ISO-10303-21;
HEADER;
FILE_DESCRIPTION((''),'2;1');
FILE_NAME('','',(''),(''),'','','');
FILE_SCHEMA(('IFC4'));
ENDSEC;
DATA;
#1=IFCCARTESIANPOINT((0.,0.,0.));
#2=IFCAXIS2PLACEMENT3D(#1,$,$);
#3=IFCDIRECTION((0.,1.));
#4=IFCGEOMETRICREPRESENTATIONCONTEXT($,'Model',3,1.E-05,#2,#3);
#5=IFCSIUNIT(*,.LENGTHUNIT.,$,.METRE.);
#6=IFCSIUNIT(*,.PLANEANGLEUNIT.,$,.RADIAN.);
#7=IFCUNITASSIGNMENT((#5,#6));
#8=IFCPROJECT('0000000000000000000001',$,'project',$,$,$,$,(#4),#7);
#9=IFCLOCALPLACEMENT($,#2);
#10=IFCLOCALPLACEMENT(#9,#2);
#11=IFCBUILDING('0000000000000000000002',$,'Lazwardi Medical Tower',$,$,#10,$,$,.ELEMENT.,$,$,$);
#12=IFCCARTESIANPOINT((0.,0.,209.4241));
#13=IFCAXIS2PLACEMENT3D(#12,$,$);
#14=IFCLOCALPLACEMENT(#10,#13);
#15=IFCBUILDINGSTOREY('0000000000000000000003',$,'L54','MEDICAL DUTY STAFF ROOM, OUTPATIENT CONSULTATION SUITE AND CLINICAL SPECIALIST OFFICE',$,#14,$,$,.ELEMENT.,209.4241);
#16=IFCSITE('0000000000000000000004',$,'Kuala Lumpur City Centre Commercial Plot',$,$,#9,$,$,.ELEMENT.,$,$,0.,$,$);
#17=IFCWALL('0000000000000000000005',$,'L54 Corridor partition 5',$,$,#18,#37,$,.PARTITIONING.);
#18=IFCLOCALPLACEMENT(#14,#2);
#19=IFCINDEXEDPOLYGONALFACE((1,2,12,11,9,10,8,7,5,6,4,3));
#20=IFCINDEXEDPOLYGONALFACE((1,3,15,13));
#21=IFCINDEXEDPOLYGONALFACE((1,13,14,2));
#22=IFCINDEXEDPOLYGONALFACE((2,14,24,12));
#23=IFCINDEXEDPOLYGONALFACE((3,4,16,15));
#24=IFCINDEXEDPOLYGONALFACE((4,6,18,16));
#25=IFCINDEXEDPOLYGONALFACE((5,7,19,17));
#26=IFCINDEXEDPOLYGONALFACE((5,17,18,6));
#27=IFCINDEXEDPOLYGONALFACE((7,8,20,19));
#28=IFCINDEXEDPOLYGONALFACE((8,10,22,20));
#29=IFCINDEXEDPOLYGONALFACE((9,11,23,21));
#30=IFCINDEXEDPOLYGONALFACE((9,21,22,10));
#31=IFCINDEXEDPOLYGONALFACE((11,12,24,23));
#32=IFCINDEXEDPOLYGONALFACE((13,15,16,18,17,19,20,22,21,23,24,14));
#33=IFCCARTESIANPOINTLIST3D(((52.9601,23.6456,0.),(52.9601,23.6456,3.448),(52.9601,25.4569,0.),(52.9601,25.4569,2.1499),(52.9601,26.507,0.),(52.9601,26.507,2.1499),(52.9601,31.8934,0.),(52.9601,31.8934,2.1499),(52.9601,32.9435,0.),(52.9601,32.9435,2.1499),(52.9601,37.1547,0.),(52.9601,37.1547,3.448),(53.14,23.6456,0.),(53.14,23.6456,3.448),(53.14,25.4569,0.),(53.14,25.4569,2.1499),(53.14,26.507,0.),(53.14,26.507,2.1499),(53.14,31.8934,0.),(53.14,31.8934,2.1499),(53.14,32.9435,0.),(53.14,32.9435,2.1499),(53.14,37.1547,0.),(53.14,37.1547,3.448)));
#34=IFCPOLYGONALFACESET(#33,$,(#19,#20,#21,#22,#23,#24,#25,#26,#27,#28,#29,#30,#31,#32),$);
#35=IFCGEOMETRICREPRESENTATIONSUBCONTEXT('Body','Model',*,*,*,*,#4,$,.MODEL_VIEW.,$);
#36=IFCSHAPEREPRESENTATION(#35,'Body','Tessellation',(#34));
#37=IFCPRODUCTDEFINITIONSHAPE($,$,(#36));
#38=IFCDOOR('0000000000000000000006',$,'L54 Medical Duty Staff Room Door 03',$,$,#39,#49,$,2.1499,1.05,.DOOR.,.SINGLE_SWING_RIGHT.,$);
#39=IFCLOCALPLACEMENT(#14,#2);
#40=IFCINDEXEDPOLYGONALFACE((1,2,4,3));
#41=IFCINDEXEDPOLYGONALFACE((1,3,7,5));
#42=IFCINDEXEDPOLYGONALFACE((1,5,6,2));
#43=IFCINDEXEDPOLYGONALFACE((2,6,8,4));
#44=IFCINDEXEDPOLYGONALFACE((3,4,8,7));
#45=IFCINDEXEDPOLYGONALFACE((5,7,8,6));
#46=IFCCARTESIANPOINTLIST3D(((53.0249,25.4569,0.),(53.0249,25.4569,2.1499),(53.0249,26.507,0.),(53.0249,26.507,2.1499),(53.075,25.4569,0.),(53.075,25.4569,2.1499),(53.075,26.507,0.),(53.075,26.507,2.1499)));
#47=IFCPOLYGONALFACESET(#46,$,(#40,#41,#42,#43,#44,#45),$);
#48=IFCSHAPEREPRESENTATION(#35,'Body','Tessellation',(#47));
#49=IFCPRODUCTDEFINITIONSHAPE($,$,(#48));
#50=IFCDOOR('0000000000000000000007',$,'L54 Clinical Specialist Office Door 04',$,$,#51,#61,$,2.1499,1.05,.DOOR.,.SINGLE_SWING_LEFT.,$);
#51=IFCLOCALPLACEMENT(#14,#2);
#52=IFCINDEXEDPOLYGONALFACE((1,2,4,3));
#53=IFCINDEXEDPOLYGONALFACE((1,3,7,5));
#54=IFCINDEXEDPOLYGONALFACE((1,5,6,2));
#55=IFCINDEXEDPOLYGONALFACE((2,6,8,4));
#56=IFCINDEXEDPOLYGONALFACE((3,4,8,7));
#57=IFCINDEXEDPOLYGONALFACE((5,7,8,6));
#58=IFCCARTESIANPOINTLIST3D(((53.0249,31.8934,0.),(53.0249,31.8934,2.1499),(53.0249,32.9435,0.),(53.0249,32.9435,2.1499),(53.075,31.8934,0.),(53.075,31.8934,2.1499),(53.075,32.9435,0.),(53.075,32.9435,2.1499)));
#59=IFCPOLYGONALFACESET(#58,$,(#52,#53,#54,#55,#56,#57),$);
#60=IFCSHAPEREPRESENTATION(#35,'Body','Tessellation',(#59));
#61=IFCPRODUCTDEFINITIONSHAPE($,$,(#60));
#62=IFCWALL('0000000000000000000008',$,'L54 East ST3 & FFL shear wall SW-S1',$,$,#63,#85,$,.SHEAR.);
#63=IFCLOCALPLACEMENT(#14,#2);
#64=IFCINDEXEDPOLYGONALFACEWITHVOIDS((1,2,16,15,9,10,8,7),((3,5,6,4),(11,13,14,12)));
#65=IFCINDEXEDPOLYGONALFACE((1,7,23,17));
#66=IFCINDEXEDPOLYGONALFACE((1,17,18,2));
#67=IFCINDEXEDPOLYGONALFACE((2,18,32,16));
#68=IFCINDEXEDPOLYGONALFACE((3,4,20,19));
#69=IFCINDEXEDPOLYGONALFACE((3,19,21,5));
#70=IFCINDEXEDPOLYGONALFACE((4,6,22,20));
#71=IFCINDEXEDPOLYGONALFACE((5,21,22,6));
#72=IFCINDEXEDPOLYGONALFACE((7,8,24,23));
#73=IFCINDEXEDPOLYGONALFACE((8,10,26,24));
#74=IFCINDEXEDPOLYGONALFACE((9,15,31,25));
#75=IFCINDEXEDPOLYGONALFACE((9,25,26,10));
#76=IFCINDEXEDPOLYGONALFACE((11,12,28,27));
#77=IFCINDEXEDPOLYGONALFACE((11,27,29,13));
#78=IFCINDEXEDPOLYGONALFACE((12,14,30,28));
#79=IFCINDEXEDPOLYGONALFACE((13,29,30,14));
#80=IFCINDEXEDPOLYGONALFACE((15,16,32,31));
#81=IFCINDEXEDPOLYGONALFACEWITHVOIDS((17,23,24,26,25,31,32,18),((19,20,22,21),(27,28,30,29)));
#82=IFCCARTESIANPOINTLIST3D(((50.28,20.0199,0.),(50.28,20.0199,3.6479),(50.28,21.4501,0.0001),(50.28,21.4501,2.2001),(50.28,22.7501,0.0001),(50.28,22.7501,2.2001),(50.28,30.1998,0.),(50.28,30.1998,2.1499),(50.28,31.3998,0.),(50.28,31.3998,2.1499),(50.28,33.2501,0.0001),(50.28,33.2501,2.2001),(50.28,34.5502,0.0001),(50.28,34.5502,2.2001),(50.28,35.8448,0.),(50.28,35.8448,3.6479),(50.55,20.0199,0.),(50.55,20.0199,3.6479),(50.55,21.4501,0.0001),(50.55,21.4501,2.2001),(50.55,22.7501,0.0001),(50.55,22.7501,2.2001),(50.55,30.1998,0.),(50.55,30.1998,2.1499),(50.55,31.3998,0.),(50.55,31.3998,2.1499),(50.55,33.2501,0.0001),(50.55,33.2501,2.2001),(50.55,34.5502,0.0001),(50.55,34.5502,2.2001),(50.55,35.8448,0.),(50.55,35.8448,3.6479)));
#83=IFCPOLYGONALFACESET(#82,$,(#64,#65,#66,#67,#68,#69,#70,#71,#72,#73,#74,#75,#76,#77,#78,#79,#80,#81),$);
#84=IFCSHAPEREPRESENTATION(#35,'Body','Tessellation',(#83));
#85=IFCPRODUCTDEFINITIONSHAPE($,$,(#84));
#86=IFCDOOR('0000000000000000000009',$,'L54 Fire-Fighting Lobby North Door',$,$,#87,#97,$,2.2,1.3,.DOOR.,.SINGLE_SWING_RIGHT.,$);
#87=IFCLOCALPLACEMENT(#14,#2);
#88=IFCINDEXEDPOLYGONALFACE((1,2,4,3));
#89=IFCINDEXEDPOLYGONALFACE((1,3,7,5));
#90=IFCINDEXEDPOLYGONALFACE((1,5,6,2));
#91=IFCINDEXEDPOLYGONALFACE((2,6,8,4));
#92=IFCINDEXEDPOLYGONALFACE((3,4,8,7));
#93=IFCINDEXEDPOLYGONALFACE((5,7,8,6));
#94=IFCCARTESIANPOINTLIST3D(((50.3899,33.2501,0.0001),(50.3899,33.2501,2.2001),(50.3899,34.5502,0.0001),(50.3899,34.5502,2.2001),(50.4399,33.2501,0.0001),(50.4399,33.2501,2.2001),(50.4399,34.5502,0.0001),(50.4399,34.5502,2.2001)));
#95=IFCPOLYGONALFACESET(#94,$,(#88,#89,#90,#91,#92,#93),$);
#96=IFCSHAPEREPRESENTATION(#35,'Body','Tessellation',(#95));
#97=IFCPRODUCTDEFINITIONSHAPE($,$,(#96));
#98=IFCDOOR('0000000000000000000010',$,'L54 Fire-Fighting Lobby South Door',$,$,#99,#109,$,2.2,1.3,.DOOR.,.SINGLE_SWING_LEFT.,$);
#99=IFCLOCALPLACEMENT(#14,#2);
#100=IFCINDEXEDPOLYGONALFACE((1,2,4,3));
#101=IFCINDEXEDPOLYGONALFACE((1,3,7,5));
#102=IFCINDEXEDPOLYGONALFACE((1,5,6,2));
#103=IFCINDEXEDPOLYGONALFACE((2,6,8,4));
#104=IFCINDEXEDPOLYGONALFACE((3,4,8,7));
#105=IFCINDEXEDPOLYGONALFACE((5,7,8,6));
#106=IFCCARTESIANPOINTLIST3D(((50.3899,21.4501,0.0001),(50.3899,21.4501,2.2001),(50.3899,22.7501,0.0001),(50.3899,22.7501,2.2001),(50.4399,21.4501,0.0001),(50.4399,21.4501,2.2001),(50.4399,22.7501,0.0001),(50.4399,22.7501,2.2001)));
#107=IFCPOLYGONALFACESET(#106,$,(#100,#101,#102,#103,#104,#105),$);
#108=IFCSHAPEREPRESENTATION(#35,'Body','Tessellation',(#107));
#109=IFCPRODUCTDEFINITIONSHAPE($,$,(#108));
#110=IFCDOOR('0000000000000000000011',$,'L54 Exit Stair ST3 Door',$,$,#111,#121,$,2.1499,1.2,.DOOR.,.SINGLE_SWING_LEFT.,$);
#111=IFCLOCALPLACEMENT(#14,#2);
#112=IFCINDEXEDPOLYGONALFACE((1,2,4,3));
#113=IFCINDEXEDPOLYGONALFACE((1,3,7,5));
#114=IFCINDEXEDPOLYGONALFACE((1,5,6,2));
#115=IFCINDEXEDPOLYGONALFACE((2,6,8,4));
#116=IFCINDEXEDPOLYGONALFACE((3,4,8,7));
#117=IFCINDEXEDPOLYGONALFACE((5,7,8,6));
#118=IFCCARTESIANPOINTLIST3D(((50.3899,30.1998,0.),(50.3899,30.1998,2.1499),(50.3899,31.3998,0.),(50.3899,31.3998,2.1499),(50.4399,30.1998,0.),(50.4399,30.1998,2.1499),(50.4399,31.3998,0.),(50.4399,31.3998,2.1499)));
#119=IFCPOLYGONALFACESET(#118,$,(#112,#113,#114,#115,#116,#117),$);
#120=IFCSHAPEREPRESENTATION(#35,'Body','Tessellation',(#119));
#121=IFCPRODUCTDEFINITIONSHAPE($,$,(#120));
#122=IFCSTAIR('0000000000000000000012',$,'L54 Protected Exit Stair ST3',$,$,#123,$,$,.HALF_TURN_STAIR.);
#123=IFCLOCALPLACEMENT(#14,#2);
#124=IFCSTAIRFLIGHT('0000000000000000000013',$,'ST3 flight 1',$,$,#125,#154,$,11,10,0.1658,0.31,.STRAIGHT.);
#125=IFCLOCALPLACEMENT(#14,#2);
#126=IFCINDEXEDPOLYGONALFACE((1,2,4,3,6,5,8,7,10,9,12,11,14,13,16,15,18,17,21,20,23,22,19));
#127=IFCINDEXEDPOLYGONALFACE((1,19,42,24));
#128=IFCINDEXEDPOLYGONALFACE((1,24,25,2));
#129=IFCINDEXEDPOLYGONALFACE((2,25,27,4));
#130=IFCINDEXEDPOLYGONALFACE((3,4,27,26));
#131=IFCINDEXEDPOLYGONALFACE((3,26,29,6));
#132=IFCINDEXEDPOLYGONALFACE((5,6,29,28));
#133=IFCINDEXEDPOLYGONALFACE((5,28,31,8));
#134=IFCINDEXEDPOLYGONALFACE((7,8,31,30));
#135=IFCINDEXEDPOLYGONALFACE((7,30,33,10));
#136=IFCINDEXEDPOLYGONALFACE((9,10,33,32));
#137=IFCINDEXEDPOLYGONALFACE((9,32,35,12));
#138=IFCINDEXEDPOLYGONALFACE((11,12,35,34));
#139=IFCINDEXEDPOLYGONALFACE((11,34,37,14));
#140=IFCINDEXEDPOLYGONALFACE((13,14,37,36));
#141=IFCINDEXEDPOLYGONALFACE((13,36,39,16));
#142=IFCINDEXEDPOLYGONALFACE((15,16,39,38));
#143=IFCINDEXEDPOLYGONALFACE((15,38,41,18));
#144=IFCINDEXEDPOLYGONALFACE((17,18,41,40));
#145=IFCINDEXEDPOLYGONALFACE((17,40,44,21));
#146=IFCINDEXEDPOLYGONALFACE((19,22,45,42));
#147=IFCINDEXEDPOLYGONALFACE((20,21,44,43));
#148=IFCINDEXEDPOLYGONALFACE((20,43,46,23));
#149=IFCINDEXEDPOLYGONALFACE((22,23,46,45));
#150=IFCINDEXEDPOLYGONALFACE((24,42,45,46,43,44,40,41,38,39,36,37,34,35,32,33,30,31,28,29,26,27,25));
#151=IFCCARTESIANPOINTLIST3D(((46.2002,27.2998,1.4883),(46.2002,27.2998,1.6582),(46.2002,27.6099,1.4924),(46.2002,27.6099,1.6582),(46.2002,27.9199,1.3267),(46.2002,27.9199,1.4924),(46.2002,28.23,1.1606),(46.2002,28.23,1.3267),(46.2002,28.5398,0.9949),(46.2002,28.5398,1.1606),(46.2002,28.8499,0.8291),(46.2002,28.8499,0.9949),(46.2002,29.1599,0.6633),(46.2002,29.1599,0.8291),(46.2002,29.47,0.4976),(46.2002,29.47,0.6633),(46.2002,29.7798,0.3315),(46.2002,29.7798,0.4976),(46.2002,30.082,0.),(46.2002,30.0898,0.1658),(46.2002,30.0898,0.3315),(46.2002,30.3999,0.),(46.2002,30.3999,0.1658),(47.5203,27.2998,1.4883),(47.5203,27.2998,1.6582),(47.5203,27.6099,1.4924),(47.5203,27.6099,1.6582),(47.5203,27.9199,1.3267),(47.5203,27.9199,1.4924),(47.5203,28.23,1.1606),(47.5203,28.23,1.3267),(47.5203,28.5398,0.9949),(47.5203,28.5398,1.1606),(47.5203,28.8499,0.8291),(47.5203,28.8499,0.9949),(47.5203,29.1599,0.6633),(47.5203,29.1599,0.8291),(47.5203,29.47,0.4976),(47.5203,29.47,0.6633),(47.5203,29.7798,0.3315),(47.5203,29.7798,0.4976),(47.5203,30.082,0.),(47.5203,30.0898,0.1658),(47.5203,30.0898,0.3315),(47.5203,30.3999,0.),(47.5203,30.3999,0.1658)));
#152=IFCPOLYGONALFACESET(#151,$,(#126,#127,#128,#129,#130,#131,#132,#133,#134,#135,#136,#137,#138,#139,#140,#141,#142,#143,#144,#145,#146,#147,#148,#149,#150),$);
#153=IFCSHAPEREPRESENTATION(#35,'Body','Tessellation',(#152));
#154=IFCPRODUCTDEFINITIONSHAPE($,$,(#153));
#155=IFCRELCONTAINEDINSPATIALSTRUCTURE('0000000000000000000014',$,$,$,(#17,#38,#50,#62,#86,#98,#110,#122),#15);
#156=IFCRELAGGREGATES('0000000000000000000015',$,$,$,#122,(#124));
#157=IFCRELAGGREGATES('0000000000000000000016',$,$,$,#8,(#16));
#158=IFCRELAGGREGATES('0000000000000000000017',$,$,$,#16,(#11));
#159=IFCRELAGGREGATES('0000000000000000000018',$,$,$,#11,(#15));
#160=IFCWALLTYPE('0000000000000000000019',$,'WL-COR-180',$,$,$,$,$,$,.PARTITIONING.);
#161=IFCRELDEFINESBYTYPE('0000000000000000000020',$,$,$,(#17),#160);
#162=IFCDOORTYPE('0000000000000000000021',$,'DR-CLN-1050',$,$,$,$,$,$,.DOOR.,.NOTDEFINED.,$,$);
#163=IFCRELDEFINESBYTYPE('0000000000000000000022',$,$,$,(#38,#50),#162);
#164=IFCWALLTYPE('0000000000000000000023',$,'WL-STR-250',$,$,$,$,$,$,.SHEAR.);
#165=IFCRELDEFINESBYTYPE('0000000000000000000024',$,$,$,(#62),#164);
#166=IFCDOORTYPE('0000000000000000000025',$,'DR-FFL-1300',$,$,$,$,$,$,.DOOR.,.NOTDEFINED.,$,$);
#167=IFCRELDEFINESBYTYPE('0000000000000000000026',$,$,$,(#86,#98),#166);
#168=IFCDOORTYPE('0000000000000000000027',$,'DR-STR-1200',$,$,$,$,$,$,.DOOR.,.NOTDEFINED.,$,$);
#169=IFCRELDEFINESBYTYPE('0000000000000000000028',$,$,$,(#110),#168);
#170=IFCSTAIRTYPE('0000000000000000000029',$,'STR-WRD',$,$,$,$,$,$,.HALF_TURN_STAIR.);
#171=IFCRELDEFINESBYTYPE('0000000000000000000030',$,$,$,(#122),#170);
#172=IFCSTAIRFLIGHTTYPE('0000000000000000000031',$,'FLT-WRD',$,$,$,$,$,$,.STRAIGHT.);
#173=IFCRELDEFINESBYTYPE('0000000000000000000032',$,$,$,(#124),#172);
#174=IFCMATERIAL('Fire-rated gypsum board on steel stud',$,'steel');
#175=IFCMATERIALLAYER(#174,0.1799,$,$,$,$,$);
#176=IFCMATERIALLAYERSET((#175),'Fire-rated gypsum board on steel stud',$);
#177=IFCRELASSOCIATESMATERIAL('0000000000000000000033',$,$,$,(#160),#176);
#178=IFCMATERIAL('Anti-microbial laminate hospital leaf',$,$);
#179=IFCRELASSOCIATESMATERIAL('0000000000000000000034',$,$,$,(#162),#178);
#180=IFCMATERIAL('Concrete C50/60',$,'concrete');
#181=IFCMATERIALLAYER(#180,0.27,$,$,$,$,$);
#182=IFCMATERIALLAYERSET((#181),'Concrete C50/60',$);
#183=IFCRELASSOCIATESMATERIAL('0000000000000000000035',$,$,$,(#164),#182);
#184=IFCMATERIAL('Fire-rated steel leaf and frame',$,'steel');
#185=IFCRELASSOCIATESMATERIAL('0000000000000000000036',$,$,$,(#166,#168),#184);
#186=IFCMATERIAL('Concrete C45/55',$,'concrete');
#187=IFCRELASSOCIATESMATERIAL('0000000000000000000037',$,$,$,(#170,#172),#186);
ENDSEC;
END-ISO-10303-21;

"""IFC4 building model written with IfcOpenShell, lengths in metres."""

from ifc_helpers import new_model, si_unit, direction, frame, frame_2d, origin, place, context, subcontext, project, spatial, polyline, rectangle, outline, extrude, material, layer, layer_set, type_object, element, fill, aggregate, save


model = new_model("IFC4")

# Units and contexts
model_context = context("Model", 3, precision=1e-05, world=origin(), true_north=direction((0.0, 1.0)))
body_context = subcontext(model_context, "Body", "Model", "MODEL_VIEW")
ifc_project = project(units=[si_unit("LENGTHUNIT", "METRE"), si_unit("PLANEANGLEUNIT", "RADIAN")], contexts=[model_context])

# Site, building, storey
site_placement = place(None, origin())
site = spatial("IfcSite", under=ifc_project, at=site_placement, Name="Kuala Lumpur City Centre Commercial Plot", CompositionType="ELEMENT", RefElevation=0.0)
building_placement = place(site_placement, origin())
building = spatial("IfcBuilding", under=site, at=building_placement, Name="Lazwardi Medical Tower", CompositionType="ELEMENT")
storey_placement = place(building_placement, frame((0.0, 0.0, 209.4241)))
storey = spatial("IfcBuildingStorey", under=building, at=storey_placement, Name="L54", Description="MEDICAL DUTY STAFF ROOM, OUTPATIENT CONSULTATION SUITE AND CLINICAL SPECIALIST OFFICE", CompositionType="ELEMENT", Elevation=209.4241)

# Walls, openings, doors
ifc_material_1 = material(Name="Fire-rated gypsum board on steel stud", Category="steel")
ifc_layer_1 = layer(ifc_material_1, 0.1799)
ifc_layer_set_1 = layer_set([ifc_layer_1], Name="Fire-rated gypsum board on steel stud")
wall_type_1 = type_object("IfcWallType", Name="WL-COR-180", PredefinedType="PARTITIONING", material=ifc_layer_set_1)
wall_1_placement = place(storey_placement, frame((53.05, 37.1545, 0.0), z_axis=(0.0, 0.0, 1.0), x_axis=(0.0, -1.0, 0.0)))
wall_1 = element("IfcWall", 1, at=wall_1_placement, inside=storey, type_object=wall_type_1, Name="L54 Corridor partition 5", PredefinedType="PARTITIONING", context=body_context, shape_type="SweptSolid", body=[
    extrude(rectangle(XDim=13.509, YDim=0.1799, at=frame_2d((6.7544, 0.0))), origin(), (0.0, 0.0, 1.0), 3.448),
])
opening_1_placement = place(wall_1_placement, frame((10.6477, 0.0, 0.0)))
opening_1 = element("IfcOpeningElement", 2, at=opening_1_placement, cuts=wall_1, PredefinedType="OPENING", context=body_context, shape_type="SweptSolid", body=[
    extrude(rectangle(XDim=1.05, YDim=2.1499, at=frame_2d((0.5249, 1.075))), frame((0.0, 0.0999, 0.0), z_axis=(0.0, -1.0, 0.0), x_axis=(1.0, 0.0, 0.0)), (0.0, 0.0, 1.0), 0.2),
])
opening_2_placement = place(wall_1_placement, frame((4.2112, 0.0, 0.0)))
opening_2 = element("IfcOpeningElement", 3, at=opening_2_placement, cuts=wall_1, PredefinedType="OPENING", context=body_context, shape_type="SweptSolid", body=[
    extrude(rectangle(XDim=1.05, YDim=2.1499, at=frame_2d((0.5249, 1.075))), frame((0.0, 0.0999, 0.0), z_axis=(0.0, -1.0, 0.0), x_axis=(1.0, 0.0, 0.0)), (0.0, 0.0, 1.0), 0.2),
])
ifc_material_2 = material(Name="Anti-microbial laminate hospital leaf")
door_type_1 = type_object("IfcDoorType", Name="DR-CLN-1050", OperationType="NOTDEFINED", PredefinedType="DOOR", material=ifc_material_2)
door_1_placement = place(opening_1_placement, origin())
door_1 = element("IfcDoor", 4, at=door_1_placement, inside=storey, type_object=door_type_1, Name="L54 Medical Duty Staff Room Door 03", OperationType="SINGLE_SWING_RIGHT", OverallHeight=2.1499, OverallWidth=1.05, PredefinedType="DOOR", context=body_context, shape_type="SweptSolid", body=[
    extrude(rectangle(XDim=1.05, YDim=2.1499, at=frame_2d((0.5249, 1.075))), frame((0.0, 0.0249, 0.0), z_axis=(0.0, -1.0, 0.0), x_axis=(1.0, 0.0, 0.0)), (0.0, 0.0, 1.0), 0.05),
])
fill(opening_1, door_1)
door_2_placement = place(opening_2_placement, origin())
door_2 = element("IfcDoor", 5, at=door_2_placement, inside=storey, type_object=door_type_1, Name="L54 Clinical Specialist Office Door 04", OperationType="SINGLE_SWING_LEFT", OverallHeight=2.1499, OverallWidth=1.05, PredefinedType="DOOR", context=body_context, shape_type="SweptSolid", body=[
    extrude(rectangle(XDim=1.05, YDim=2.1499, at=frame_2d((0.5249, 1.075))), frame((0.0, 0.0249, 0.0), z_axis=(0.0, -1.0, 0.0), x_axis=(1.0, 0.0, 0.0)), (0.0, 0.0, 1.0), 0.05),
])
fill(opening_2, door_2)
ifc_material_3 = material(Name="Concrete C50/60", Category="concrete")
ifc_layer_2 = layer(ifc_material_3, 0.27)
ifc_layer_set_2 = layer_set([ifc_layer_2], Name="Concrete C50/60")
wall_type_2 = type_object("IfcWallType", Name="WL-STR-250", PredefinedType="SHEAR", material=ifc_layer_set_2)
wall_2_placement = place(storey_placement, frame((50.415, 35.845, 0.0), z_axis=(0.0, 0.0, 1.0), x_axis=(0.0, -1.0, 0.0)))
wall_2 = element("IfcWall", 6, at=wall_2_placement, inside=storey, type_object=wall_type_2, Name="L54 East ST3 & FFL shear wall SW-S1", PredefinedType="SHEAR", context=body_context, shape_type="SweptSolid", body=[
    extrude(rectangle(XDim=15.825, YDim=0.27, at=frame_2d((7.9126, 0.0))), origin(), (0.0, 0.0, 1.0), 3.6479),
])
opening_3_placement = place(wall_2_placement, frame((4.4451, 0.0, 0.0)))
opening_3 = element("IfcOpeningElement", 7, at=opening_3_placement, cuts=wall_2, PredefinedType="OPENING", context=body_context, shape_type="SweptSolid", body=[
    extrude(rectangle(XDim=1.2, YDim=2.1499, at=frame_2d((0.6001, 1.075))), frame((0.0, 0.145, 0.0), z_axis=(0.0, -1.0, 0.0), x_axis=(1.0, 0.0, 0.0)), (0.0, 0.0, 1.0), 0.29),
])
opening_4_placement = place(wall_2_placement, frame((1.2949, 0.0, 0.0)))
opening_4 = element("IfcOpeningElement", 8, at=opening_4_placement, cuts=wall_2, PredefinedType="OPENING", context=body_context, shape_type="SweptSolid", body=[
    extrude(rectangle(XDim=1.3, YDim=2.2, at=frame_2d((0.6499, 1.1001))), frame((0.0, 0.145, 0.0), z_axis=(0.0, -1.0, 0.0), x_axis=(1.0, 0.0, 0.0)), (0.0, 0.0, 1.0), 0.29),
])
opening_5_placement = place(wall_2_placement, frame((13.095, 0.0, 0.0)))
opening_5 = element("IfcOpeningElement", 9, at=opening_5_placement, cuts=wall_2, PredefinedType="OPENING", context=body_context, shape_type="SweptSolid", body=[
    extrude(rectangle(XDim=1.3, YDim=2.2, at=frame_2d((0.6499, 1.1001))), frame((0.0, 0.145, 0.0), z_axis=(0.0, -1.0, 0.0), x_axis=(1.0, 0.0, 0.0)), (0.0, 0.0, 1.0), 0.29),
])
ifc_material_4 = material(Name="Fire-rated steel leaf and frame", Category="steel")
door_type_2 = type_object("IfcDoorType", Name="DR-FFL-1300", OperationType="NOTDEFINED", PredefinedType="DOOR", material=ifc_material_4)
door_3_placement = place(opening_4_placement, origin())
door_3 = element("IfcDoor", 10, at=door_3_placement, inside=storey, type_object=door_type_2, Name="L54 Fire-Fighting Lobby North Door", OperationType="SINGLE_SWING_RIGHT", OverallHeight=2.2, OverallWidth=1.3, PredefinedType="DOOR", context=body_context, shape_type="SweptSolid", body=[
    extrude(rectangle(XDim=1.3, YDim=2.2, at=frame_2d((0.6499, 1.1001))), frame((0.0, 0.0249, 0.0), z_axis=(0.0, -1.0, 0.0), x_axis=(1.0, 0.0, 0.0)), (0.0, 0.0, 1.0), 0.05),
])
fill(opening_4, door_3)
door_4_placement = place(opening_5_placement, origin())
door_4 = element("IfcDoor", 11, at=door_4_placement, inside=storey, type_object=door_type_2, Name="L54 Fire-Fighting Lobby South Door", OperationType="SINGLE_SWING_LEFT", OverallHeight=2.2, OverallWidth=1.3, PredefinedType="DOOR", context=body_context, shape_type="SweptSolid", body=[
    extrude(rectangle(XDim=1.3, YDim=2.2, at=frame_2d((0.6499, 1.1001))), frame((0.0, 0.0249, 0.0), z_axis=(0.0, -1.0, 0.0), x_axis=(1.0, 0.0, 0.0)), (0.0, 0.0, 1.0), 0.05),
])
fill(opening_5, door_4)
door_type_3 = type_object("IfcDoorType", Name="DR-STR-1200", OperationType="NOTDEFINED", PredefinedType="DOOR", material=ifc_material_4)
door_5_placement = place(opening_3_placement, origin())
door_5 = element("IfcDoor", 12, at=door_5_placement, inside=storey, type_object=door_type_3, Name="L54 Exit Stair ST3 Door", OperationType="SINGLE_SWING_LEFT", OverallHeight=2.1499, OverallWidth=1.2, PredefinedType="DOOR", context=body_context, shape_type="SweptSolid", body=[
    extrude(rectangle(XDim=1.2, YDim=2.1499, at=frame_2d((0.6001, 1.075))), frame((0.0, 0.0249, 0.0), z_axis=(0.0, -1.0, 0.0), x_axis=(1.0, 0.0, 0.0)), (0.0, 0.0, 1.0), 0.05),
])
fill(opening_3, door_5)

# Stair, stair flight
ifc_material_5 = material(Name="Concrete C45/55", Category="concrete")
stair_type = type_object("IfcStairType", Name="STR-WRD", PredefinedType="HALF_TURN_STAIR", material=ifc_material_5)
stair_placement = place(storey_placement, origin())
stair = element("IfcStair", 13, at=stair_placement, inside=storey, type_object=stair_type, Name="L54 Protected Exit Stair ST3", PredefinedType="HALF_TURN_STAIR")
stair_flight_type = type_object("IfcStairFlightType", Name="FLT-WRD", PredefinedType="STRAIGHT", material=ifc_material_5)
stair_flight_placement = place(storey_placement, frame((46.8601, 30.3999, 0.0), z_axis=(0.0, 0.0, 1.0), x_axis=(0.0, -1.0, 0.0)))
stair_flight = element("IfcStairFlight", 14, at=stair_flight_placement, type_object=stair_flight_type, Name="ST3 flight 1", NumberOfRisers=11, NumberOfTreads=10, PredefinedType="STRAIGHT", RiserHeight=0.1658, TreadLength=0.31, context=body_context, shape_type="SweptSolid", body=[
    extrude(outline(polyline([(0.0, 0.0), (0.0, 0.1658), (0.3101, 0.1658), (0.3101, 0.3315), (0.6201, 0.3315), (0.6201, 0.4976), (0.9299, 0.4976), (0.9299, 0.6633), (1.24, 0.6633), (1.24, 0.8291), (1.55, 0.8291), (1.55, 0.9949), (1.8601, 0.9949), (1.8601, 1.1606), (2.1699, 1.1606), (2.1699, 1.3267), (2.48, 1.3267), (2.48, 1.4924), (2.79, 1.4924), (2.79, 1.6582), (3.1001, 1.6582), (3.1001, 1.824), (3.1001, 1.4883), (0.3179, 0.0), (0.0, 0.0)])), frame((0.0, 0.6602, 0.0), z_axis=(0.0, -1.0, 0.0), x_axis=(1.0, 0.0, 0.0)), (0.0, 0.0, 1.0), 1.3201),
])
aggregate(stair, [stair_flight])

save(model, "model.ifc")
